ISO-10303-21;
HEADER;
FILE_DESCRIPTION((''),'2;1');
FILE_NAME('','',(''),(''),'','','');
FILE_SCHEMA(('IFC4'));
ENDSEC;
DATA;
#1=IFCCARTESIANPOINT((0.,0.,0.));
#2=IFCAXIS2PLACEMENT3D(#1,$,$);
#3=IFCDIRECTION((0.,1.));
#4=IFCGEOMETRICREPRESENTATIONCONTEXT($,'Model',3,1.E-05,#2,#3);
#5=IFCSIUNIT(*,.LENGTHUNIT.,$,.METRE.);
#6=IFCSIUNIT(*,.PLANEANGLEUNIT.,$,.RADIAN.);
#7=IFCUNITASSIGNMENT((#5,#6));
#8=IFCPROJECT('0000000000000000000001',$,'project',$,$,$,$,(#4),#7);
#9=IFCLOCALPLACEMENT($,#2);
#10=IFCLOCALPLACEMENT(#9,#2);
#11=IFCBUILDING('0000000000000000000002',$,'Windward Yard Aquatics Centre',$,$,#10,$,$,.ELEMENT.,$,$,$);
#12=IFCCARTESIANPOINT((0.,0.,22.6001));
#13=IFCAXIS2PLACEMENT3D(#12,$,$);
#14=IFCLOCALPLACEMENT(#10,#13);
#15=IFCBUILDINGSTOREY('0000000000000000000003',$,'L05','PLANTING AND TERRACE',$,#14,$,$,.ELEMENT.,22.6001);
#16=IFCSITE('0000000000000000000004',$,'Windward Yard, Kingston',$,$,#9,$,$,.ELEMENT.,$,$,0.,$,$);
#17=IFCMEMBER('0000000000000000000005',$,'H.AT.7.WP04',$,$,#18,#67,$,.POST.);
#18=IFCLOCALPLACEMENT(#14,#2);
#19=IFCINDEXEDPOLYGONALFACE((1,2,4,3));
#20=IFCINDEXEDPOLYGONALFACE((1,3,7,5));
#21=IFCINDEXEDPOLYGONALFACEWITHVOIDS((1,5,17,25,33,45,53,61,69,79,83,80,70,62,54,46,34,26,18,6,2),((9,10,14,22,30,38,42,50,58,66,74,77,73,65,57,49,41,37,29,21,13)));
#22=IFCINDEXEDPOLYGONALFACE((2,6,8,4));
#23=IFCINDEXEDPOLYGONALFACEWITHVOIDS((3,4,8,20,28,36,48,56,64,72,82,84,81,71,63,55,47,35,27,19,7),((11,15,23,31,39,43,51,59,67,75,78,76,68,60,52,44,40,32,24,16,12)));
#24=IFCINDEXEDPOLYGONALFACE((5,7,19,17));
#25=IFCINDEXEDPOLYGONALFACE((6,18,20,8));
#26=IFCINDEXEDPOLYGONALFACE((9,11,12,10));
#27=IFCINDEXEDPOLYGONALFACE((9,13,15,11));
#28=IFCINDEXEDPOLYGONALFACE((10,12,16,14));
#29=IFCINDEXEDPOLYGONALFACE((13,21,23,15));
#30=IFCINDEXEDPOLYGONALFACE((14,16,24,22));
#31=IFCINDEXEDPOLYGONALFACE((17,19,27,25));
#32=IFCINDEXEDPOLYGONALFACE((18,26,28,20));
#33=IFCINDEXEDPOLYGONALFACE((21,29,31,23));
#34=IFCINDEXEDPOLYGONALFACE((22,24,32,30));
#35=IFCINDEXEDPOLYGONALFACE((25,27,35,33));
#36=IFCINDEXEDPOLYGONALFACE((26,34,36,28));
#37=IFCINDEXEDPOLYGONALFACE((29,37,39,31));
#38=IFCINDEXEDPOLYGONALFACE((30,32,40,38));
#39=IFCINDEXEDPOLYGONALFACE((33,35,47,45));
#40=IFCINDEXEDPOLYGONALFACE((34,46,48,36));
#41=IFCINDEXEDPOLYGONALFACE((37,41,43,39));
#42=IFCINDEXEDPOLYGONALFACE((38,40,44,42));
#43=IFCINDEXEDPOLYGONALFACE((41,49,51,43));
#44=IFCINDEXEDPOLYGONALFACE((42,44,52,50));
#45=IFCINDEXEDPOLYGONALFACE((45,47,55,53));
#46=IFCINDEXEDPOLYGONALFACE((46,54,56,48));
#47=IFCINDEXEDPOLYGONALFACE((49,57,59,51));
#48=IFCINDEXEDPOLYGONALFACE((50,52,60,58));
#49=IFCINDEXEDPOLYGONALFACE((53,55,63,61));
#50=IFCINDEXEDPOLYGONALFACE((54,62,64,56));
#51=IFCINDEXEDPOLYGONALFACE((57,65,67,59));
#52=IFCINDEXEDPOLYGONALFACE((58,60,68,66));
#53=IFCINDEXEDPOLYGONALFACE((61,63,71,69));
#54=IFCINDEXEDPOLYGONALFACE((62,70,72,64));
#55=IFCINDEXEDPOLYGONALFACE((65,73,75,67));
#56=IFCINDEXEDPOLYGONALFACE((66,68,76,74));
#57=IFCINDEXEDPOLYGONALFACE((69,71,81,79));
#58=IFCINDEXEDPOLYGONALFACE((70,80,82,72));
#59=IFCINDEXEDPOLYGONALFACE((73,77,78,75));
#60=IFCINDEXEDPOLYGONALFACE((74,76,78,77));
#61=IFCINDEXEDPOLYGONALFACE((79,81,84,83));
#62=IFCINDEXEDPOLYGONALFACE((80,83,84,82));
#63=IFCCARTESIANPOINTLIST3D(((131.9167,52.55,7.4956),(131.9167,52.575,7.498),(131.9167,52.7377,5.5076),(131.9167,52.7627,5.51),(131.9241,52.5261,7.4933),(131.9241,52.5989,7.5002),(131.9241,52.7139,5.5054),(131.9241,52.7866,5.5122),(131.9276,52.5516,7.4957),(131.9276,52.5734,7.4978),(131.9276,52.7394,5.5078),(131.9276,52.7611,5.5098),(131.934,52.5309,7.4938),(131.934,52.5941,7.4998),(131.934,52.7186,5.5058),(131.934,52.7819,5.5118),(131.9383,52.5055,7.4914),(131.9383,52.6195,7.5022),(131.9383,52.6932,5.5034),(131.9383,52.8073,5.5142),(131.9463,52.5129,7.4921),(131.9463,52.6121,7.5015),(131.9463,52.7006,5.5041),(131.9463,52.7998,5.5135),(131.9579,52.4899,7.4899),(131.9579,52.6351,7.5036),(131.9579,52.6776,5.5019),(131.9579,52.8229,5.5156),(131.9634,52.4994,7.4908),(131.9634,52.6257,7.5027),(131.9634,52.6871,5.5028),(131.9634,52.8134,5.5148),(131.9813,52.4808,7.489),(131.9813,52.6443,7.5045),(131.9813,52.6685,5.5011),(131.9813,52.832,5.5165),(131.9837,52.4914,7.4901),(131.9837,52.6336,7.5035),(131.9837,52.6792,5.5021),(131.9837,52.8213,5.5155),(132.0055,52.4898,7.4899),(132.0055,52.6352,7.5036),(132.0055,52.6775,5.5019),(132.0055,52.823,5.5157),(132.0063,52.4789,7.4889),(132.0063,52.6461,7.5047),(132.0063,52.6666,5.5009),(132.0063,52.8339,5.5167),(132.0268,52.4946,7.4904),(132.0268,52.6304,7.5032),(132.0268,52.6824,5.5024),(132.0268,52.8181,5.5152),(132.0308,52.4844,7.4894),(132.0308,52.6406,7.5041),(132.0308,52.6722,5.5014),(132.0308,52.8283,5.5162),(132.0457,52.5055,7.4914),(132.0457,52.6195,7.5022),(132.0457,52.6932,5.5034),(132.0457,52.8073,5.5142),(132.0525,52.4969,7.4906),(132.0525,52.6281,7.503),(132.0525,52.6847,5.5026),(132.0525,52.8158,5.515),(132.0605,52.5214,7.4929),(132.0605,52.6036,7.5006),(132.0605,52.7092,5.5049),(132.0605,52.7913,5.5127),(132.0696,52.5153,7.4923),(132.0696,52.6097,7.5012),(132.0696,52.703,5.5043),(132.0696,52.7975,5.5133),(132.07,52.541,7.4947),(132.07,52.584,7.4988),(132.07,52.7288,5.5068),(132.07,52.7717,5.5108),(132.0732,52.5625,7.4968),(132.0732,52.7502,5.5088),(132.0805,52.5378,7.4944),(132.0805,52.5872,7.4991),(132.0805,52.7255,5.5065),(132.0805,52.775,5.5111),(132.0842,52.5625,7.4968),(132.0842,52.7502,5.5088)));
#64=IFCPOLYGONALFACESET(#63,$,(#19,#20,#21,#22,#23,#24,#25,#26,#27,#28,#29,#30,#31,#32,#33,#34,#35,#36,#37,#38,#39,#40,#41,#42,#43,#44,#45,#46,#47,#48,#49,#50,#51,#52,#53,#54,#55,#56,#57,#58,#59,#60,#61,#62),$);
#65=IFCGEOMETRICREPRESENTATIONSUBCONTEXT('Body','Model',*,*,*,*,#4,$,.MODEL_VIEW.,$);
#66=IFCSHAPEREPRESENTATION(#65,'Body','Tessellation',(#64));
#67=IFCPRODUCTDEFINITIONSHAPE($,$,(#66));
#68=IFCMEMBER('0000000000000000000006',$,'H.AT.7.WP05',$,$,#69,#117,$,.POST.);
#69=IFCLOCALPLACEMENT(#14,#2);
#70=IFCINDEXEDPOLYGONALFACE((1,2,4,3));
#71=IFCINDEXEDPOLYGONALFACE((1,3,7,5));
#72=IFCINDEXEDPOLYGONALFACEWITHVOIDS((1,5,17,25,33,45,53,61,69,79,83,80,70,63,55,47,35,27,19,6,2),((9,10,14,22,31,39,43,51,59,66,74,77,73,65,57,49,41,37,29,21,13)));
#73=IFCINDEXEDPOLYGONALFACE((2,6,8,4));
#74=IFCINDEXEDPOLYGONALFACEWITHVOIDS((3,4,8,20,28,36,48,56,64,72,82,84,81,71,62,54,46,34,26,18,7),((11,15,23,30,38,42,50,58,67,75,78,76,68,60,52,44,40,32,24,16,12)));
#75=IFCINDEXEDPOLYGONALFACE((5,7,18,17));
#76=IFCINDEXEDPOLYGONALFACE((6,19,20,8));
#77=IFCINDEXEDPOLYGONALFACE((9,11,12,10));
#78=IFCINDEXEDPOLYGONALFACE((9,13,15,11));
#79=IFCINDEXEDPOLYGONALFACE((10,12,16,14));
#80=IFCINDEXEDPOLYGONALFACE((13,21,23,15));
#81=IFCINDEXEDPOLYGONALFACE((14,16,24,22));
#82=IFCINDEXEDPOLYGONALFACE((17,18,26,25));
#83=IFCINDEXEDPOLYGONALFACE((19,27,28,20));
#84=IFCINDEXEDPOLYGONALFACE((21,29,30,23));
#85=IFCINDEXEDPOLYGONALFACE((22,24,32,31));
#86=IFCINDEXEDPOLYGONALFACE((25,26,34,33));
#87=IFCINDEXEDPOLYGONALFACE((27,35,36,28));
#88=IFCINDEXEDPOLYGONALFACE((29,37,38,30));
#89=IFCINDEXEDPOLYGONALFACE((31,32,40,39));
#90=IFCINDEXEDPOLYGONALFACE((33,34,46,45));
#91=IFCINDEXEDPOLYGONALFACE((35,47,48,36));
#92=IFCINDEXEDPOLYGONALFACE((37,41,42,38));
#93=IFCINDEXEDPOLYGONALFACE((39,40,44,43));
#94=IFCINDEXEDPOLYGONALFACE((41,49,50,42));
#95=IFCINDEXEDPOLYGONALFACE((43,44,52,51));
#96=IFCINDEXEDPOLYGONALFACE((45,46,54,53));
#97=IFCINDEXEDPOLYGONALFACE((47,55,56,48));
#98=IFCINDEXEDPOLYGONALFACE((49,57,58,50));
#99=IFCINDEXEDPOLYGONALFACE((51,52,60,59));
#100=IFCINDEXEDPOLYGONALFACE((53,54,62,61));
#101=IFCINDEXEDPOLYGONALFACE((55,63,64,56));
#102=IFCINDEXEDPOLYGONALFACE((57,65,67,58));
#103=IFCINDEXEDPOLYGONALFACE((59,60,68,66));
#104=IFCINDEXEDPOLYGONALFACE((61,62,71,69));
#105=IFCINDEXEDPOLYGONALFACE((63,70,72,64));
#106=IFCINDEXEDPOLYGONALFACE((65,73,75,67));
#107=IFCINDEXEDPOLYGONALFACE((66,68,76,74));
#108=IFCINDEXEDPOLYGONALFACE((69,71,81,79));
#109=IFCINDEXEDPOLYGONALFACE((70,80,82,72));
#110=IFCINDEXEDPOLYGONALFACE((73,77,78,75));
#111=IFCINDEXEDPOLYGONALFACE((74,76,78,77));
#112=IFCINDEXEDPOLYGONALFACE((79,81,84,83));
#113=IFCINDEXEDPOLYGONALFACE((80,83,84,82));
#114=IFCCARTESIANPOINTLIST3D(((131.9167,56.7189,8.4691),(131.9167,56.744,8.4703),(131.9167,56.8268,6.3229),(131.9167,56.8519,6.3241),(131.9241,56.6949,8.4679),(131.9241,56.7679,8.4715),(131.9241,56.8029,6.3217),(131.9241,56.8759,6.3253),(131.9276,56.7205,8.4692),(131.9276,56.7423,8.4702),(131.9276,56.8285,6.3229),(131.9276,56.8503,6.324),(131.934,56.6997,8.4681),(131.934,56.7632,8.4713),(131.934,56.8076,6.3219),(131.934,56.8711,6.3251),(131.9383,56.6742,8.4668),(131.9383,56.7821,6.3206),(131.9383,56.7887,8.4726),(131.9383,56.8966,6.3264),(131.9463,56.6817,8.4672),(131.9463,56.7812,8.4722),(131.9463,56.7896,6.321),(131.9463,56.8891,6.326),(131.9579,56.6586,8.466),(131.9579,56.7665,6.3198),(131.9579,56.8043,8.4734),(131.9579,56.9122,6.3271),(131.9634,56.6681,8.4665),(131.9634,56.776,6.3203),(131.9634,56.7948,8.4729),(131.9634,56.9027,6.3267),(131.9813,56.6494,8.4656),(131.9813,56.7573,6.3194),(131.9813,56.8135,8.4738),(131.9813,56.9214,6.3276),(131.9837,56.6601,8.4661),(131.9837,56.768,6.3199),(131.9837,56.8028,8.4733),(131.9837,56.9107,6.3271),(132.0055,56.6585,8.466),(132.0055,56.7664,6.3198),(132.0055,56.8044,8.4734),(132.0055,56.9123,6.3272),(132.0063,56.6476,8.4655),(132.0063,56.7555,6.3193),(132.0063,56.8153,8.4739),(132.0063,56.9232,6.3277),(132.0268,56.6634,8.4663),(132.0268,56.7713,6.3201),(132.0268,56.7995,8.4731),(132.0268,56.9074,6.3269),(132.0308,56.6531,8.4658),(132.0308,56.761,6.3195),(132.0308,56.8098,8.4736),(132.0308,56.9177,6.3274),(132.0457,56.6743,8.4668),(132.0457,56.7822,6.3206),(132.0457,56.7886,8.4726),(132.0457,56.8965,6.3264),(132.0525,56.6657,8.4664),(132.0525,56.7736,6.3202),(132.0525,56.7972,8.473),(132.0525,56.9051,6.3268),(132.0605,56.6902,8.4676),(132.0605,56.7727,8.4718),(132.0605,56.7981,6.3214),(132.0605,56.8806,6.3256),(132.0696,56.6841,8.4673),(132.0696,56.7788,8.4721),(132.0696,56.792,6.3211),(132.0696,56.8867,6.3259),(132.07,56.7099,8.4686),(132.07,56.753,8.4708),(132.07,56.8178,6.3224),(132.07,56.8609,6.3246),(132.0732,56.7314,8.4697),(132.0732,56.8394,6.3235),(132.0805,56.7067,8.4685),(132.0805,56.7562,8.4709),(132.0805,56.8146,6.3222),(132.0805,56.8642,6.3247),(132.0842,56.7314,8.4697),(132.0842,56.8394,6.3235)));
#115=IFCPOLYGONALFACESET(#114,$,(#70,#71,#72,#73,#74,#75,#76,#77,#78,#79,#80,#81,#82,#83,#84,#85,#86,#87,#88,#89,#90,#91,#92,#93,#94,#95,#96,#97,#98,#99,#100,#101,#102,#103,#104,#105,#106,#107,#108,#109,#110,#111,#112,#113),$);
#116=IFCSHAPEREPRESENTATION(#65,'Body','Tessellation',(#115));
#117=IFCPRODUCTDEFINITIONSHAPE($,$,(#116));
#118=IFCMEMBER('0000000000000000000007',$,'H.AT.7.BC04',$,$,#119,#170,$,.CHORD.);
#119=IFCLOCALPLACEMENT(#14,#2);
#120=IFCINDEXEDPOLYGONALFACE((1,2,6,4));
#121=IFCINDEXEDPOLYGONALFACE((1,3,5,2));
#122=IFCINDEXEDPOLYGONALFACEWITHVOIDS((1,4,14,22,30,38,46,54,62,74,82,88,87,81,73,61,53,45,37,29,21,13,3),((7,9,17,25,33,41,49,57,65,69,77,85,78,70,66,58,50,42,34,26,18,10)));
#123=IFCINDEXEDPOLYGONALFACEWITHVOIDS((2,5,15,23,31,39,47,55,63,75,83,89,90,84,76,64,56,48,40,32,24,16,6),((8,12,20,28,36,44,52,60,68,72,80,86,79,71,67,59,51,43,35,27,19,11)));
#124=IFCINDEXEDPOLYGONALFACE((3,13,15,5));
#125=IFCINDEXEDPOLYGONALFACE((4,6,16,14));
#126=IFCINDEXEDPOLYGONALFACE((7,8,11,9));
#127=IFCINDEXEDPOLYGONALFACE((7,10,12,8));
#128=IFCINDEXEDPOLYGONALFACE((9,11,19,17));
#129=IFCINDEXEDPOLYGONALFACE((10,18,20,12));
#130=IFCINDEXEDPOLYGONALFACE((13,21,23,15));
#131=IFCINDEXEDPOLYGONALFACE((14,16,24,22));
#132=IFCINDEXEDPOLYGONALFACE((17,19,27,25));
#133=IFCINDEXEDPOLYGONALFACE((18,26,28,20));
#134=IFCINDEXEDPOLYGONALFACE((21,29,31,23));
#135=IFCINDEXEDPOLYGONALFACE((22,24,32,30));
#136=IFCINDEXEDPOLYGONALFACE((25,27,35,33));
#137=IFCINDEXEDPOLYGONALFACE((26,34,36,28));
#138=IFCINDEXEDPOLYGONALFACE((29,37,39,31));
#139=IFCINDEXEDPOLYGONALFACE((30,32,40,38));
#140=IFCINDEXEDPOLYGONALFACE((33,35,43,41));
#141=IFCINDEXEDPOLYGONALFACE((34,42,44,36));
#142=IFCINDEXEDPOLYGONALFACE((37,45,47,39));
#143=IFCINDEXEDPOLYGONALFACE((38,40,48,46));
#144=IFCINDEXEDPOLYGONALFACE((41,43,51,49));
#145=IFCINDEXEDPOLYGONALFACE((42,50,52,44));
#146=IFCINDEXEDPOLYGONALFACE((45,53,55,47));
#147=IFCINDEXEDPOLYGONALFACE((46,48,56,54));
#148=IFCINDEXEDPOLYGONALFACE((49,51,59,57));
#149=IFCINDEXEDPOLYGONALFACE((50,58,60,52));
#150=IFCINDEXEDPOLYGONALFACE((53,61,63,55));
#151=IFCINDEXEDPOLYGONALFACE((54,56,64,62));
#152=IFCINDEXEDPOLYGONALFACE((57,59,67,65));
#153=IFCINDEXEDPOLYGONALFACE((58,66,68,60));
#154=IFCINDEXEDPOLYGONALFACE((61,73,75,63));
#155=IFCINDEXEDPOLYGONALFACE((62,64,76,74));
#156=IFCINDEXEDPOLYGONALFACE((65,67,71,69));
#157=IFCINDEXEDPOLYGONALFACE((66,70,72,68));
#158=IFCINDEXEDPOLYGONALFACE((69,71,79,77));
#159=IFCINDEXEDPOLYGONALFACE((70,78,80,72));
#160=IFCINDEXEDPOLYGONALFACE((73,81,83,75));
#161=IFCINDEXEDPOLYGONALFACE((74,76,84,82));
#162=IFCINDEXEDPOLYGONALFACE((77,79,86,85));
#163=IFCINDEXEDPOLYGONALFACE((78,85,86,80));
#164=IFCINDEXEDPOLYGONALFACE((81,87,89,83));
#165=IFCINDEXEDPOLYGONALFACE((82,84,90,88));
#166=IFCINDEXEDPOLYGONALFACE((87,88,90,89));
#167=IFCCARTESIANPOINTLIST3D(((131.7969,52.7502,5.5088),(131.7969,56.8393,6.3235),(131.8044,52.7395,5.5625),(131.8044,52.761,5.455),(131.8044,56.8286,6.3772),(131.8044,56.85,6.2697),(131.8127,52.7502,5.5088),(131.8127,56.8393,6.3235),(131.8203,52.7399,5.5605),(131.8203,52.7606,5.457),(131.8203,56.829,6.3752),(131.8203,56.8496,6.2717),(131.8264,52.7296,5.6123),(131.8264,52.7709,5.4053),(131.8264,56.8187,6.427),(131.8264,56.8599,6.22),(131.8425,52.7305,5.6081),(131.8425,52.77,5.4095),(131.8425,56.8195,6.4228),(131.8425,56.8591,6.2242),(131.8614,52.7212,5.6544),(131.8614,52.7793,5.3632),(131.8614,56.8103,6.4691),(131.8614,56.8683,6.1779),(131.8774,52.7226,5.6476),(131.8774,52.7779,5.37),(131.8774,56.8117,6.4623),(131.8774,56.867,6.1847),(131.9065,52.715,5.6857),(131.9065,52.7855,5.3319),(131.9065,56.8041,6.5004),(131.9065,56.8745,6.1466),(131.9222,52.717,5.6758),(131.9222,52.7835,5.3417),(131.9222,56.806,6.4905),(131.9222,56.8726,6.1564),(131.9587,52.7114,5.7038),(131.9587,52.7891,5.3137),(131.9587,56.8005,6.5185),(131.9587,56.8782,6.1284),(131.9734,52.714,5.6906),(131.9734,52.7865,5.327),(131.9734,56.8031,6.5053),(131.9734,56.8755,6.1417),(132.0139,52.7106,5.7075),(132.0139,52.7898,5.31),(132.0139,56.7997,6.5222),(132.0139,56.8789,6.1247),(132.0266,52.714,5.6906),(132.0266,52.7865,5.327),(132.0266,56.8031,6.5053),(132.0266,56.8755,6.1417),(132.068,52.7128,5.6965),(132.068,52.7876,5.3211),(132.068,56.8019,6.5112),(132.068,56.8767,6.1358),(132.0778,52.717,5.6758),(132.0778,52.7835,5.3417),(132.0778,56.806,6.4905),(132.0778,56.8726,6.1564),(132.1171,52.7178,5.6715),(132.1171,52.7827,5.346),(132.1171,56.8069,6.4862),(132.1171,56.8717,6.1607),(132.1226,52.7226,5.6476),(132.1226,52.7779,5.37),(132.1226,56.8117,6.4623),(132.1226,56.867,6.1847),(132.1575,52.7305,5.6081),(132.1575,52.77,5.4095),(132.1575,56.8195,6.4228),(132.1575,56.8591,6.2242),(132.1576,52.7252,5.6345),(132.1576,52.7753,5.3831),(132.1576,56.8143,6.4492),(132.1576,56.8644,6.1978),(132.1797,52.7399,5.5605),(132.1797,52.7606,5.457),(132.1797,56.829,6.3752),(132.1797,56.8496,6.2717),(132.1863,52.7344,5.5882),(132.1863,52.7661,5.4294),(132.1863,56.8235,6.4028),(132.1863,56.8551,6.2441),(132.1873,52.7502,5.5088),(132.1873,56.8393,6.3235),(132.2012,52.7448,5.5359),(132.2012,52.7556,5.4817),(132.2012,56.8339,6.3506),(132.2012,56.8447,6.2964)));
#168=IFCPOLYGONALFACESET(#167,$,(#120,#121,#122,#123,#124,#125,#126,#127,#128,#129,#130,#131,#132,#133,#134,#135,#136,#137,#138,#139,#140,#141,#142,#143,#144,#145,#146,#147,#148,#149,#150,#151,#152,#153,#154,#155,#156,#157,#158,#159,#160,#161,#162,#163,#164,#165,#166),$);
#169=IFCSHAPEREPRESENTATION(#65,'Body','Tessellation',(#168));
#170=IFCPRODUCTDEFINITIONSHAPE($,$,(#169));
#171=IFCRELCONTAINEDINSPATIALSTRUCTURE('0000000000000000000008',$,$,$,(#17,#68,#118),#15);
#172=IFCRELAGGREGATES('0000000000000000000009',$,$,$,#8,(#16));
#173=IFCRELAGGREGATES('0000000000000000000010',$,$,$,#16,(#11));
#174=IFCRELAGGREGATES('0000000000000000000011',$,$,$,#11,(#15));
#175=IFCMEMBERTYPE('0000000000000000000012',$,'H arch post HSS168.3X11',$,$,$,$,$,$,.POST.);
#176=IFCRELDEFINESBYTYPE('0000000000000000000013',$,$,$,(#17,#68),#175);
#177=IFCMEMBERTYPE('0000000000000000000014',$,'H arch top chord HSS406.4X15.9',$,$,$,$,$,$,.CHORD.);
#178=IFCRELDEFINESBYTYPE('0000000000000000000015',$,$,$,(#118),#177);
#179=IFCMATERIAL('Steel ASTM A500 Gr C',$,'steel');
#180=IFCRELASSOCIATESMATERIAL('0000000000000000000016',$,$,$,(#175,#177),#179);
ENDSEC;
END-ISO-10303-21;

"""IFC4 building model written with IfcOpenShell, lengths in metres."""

from ifc_helpers import new_model, si_unit, direction, frame, origin, origin_2d, place, context, subcontext, project, spatial, hollow_circle, extrude, material, material_profile, profile_set, type_object, element, save


model = new_model("IFC4")

# Units and contexts
model_context = context("Model", 3, precision=1e-05, world=origin(), true_north=direction((0.0, 1.0)))
body_context = subcontext(model_context, "Body", "Model", "MODEL_VIEW")
ifc_project = project(units=[si_unit("LENGTHUNIT", "METRE"), si_unit("PLANEANGLEUNIT", "RADIAN")], contexts=[model_context])

# Site, building, storey
site_placement = place(None, origin())
site = spatial("IfcSite", under=ifc_project, at=site_placement, Name="Windward Yard, Kingston", CompositionType="ELEMENT", RefElevation=0.0)
building_placement = place(site_placement, origin())
building = spatial("IfcBuilding", under=site, at=building_placement, Name="Windward Yard Aquatics Centre", CompositionType="ELEMENT")
storey_placement = place(building_placement, frame((0.0, 0.0, 22.6001)))
storey = spatial("IfcBuildingStorey", under=building, at=storey_placement, Name="L05", Description="PLANTING AND TERRACE", CompositionType="ELEMENT", Elevation=22.6001)

# Members
ifc_material_1 = material(Name="Steel ASTM A500 Gr C", Category="steel")
ifc_material_profile_1 = material_profile(ifc_material_1, hollow_circle(Radius=0.0842, WallThickness=0.011, at=origin_2d()), Name="HSS168.3X11")
ifc_profile_set_1 = profile_set([ifc_material_profile_1], Name="Steel ASTM A500 Gr C")
member_type_1 = type_object("IfcMemberType", Name="H arch post HSS168.3X11", PredefinedType="POST", material=ifc_profile_set_1)
member_1_placement = place(storey_placement, frame((132.0, 52.7502, 5.5088), z_axis=(0.0, -0.094019, 0.99557), x_axis=(1.0, 0.0, 0.0)))
element("IfcMember", 1, at=member_1_placement, inside=storey, type_object=member_type_1, Name="H.AT.7.WP04", PredefinedType="POST", context=body_context, shape_type="SweptSolid", body=[
    extrude(hollow_circle(Radius=0.0842, WallThickness=0.011, at=origin_2d()), origin(), (0.0, 0.0, 1.0), 1.9968),
])
member_2_placement = place(storey_placement, frame((132.0, 56.8394, 6.3235), z_axis=(0.0, -0.050215, 0.998738), x_axis=(1.0, 0.0, 0.0)))
element("IfcMember", 2, at=member_2_placement, inside=storey, type_object=member_type_1, Name="H.AT.7.WP05", PredefinedType="POST", context=body_context, shape_type="SweptSolid", body=[
    extrude(hollow_circle(Radius=0.0842, WallThickness=0.011, at=origin_2d()), origin(), (0.0, 0.0, 1.0), 2.1489),
])
ifc_material_profile_2 = material_profile(ifc_material_1, hollow_circle(Radius=0.2031, WallThickness=0.0159, at=origin_2d()), Name="HSS406.4X15.9")
ifc_profile_set_2 = profile_set([ifc_material_profile_2], Name="Steel ASTM A500 Gr C")
member_type_2 = type_object("IfcMemberType", Name="H arch top chord HSS406.4X15.9", PredefinedType="CHORD", material=ifc_profile_set_2)
member_3_placement = place(storey_placement, frame((132.0, 52.7502, 5.5088), z_axis=(0.0, 0.980725, 0.195395), x_axis=(-1.0, 0.0, 0.0)))
element("IfcMember", 3, at=member_3_placement, inside=storey, type_object=member_type_2, Name="H.AT.7.BC04", PredefinedType="CHORD", context=body_context, shape_type="SweptSolid", body=[
    extrude(hollow_circle(Radius=0.2031, WallThickness=0.0159, at=origin_2d()), origin(), (0.0, 0.0, 1.0), 4.1694),
])

save(model, "model.ifc")
